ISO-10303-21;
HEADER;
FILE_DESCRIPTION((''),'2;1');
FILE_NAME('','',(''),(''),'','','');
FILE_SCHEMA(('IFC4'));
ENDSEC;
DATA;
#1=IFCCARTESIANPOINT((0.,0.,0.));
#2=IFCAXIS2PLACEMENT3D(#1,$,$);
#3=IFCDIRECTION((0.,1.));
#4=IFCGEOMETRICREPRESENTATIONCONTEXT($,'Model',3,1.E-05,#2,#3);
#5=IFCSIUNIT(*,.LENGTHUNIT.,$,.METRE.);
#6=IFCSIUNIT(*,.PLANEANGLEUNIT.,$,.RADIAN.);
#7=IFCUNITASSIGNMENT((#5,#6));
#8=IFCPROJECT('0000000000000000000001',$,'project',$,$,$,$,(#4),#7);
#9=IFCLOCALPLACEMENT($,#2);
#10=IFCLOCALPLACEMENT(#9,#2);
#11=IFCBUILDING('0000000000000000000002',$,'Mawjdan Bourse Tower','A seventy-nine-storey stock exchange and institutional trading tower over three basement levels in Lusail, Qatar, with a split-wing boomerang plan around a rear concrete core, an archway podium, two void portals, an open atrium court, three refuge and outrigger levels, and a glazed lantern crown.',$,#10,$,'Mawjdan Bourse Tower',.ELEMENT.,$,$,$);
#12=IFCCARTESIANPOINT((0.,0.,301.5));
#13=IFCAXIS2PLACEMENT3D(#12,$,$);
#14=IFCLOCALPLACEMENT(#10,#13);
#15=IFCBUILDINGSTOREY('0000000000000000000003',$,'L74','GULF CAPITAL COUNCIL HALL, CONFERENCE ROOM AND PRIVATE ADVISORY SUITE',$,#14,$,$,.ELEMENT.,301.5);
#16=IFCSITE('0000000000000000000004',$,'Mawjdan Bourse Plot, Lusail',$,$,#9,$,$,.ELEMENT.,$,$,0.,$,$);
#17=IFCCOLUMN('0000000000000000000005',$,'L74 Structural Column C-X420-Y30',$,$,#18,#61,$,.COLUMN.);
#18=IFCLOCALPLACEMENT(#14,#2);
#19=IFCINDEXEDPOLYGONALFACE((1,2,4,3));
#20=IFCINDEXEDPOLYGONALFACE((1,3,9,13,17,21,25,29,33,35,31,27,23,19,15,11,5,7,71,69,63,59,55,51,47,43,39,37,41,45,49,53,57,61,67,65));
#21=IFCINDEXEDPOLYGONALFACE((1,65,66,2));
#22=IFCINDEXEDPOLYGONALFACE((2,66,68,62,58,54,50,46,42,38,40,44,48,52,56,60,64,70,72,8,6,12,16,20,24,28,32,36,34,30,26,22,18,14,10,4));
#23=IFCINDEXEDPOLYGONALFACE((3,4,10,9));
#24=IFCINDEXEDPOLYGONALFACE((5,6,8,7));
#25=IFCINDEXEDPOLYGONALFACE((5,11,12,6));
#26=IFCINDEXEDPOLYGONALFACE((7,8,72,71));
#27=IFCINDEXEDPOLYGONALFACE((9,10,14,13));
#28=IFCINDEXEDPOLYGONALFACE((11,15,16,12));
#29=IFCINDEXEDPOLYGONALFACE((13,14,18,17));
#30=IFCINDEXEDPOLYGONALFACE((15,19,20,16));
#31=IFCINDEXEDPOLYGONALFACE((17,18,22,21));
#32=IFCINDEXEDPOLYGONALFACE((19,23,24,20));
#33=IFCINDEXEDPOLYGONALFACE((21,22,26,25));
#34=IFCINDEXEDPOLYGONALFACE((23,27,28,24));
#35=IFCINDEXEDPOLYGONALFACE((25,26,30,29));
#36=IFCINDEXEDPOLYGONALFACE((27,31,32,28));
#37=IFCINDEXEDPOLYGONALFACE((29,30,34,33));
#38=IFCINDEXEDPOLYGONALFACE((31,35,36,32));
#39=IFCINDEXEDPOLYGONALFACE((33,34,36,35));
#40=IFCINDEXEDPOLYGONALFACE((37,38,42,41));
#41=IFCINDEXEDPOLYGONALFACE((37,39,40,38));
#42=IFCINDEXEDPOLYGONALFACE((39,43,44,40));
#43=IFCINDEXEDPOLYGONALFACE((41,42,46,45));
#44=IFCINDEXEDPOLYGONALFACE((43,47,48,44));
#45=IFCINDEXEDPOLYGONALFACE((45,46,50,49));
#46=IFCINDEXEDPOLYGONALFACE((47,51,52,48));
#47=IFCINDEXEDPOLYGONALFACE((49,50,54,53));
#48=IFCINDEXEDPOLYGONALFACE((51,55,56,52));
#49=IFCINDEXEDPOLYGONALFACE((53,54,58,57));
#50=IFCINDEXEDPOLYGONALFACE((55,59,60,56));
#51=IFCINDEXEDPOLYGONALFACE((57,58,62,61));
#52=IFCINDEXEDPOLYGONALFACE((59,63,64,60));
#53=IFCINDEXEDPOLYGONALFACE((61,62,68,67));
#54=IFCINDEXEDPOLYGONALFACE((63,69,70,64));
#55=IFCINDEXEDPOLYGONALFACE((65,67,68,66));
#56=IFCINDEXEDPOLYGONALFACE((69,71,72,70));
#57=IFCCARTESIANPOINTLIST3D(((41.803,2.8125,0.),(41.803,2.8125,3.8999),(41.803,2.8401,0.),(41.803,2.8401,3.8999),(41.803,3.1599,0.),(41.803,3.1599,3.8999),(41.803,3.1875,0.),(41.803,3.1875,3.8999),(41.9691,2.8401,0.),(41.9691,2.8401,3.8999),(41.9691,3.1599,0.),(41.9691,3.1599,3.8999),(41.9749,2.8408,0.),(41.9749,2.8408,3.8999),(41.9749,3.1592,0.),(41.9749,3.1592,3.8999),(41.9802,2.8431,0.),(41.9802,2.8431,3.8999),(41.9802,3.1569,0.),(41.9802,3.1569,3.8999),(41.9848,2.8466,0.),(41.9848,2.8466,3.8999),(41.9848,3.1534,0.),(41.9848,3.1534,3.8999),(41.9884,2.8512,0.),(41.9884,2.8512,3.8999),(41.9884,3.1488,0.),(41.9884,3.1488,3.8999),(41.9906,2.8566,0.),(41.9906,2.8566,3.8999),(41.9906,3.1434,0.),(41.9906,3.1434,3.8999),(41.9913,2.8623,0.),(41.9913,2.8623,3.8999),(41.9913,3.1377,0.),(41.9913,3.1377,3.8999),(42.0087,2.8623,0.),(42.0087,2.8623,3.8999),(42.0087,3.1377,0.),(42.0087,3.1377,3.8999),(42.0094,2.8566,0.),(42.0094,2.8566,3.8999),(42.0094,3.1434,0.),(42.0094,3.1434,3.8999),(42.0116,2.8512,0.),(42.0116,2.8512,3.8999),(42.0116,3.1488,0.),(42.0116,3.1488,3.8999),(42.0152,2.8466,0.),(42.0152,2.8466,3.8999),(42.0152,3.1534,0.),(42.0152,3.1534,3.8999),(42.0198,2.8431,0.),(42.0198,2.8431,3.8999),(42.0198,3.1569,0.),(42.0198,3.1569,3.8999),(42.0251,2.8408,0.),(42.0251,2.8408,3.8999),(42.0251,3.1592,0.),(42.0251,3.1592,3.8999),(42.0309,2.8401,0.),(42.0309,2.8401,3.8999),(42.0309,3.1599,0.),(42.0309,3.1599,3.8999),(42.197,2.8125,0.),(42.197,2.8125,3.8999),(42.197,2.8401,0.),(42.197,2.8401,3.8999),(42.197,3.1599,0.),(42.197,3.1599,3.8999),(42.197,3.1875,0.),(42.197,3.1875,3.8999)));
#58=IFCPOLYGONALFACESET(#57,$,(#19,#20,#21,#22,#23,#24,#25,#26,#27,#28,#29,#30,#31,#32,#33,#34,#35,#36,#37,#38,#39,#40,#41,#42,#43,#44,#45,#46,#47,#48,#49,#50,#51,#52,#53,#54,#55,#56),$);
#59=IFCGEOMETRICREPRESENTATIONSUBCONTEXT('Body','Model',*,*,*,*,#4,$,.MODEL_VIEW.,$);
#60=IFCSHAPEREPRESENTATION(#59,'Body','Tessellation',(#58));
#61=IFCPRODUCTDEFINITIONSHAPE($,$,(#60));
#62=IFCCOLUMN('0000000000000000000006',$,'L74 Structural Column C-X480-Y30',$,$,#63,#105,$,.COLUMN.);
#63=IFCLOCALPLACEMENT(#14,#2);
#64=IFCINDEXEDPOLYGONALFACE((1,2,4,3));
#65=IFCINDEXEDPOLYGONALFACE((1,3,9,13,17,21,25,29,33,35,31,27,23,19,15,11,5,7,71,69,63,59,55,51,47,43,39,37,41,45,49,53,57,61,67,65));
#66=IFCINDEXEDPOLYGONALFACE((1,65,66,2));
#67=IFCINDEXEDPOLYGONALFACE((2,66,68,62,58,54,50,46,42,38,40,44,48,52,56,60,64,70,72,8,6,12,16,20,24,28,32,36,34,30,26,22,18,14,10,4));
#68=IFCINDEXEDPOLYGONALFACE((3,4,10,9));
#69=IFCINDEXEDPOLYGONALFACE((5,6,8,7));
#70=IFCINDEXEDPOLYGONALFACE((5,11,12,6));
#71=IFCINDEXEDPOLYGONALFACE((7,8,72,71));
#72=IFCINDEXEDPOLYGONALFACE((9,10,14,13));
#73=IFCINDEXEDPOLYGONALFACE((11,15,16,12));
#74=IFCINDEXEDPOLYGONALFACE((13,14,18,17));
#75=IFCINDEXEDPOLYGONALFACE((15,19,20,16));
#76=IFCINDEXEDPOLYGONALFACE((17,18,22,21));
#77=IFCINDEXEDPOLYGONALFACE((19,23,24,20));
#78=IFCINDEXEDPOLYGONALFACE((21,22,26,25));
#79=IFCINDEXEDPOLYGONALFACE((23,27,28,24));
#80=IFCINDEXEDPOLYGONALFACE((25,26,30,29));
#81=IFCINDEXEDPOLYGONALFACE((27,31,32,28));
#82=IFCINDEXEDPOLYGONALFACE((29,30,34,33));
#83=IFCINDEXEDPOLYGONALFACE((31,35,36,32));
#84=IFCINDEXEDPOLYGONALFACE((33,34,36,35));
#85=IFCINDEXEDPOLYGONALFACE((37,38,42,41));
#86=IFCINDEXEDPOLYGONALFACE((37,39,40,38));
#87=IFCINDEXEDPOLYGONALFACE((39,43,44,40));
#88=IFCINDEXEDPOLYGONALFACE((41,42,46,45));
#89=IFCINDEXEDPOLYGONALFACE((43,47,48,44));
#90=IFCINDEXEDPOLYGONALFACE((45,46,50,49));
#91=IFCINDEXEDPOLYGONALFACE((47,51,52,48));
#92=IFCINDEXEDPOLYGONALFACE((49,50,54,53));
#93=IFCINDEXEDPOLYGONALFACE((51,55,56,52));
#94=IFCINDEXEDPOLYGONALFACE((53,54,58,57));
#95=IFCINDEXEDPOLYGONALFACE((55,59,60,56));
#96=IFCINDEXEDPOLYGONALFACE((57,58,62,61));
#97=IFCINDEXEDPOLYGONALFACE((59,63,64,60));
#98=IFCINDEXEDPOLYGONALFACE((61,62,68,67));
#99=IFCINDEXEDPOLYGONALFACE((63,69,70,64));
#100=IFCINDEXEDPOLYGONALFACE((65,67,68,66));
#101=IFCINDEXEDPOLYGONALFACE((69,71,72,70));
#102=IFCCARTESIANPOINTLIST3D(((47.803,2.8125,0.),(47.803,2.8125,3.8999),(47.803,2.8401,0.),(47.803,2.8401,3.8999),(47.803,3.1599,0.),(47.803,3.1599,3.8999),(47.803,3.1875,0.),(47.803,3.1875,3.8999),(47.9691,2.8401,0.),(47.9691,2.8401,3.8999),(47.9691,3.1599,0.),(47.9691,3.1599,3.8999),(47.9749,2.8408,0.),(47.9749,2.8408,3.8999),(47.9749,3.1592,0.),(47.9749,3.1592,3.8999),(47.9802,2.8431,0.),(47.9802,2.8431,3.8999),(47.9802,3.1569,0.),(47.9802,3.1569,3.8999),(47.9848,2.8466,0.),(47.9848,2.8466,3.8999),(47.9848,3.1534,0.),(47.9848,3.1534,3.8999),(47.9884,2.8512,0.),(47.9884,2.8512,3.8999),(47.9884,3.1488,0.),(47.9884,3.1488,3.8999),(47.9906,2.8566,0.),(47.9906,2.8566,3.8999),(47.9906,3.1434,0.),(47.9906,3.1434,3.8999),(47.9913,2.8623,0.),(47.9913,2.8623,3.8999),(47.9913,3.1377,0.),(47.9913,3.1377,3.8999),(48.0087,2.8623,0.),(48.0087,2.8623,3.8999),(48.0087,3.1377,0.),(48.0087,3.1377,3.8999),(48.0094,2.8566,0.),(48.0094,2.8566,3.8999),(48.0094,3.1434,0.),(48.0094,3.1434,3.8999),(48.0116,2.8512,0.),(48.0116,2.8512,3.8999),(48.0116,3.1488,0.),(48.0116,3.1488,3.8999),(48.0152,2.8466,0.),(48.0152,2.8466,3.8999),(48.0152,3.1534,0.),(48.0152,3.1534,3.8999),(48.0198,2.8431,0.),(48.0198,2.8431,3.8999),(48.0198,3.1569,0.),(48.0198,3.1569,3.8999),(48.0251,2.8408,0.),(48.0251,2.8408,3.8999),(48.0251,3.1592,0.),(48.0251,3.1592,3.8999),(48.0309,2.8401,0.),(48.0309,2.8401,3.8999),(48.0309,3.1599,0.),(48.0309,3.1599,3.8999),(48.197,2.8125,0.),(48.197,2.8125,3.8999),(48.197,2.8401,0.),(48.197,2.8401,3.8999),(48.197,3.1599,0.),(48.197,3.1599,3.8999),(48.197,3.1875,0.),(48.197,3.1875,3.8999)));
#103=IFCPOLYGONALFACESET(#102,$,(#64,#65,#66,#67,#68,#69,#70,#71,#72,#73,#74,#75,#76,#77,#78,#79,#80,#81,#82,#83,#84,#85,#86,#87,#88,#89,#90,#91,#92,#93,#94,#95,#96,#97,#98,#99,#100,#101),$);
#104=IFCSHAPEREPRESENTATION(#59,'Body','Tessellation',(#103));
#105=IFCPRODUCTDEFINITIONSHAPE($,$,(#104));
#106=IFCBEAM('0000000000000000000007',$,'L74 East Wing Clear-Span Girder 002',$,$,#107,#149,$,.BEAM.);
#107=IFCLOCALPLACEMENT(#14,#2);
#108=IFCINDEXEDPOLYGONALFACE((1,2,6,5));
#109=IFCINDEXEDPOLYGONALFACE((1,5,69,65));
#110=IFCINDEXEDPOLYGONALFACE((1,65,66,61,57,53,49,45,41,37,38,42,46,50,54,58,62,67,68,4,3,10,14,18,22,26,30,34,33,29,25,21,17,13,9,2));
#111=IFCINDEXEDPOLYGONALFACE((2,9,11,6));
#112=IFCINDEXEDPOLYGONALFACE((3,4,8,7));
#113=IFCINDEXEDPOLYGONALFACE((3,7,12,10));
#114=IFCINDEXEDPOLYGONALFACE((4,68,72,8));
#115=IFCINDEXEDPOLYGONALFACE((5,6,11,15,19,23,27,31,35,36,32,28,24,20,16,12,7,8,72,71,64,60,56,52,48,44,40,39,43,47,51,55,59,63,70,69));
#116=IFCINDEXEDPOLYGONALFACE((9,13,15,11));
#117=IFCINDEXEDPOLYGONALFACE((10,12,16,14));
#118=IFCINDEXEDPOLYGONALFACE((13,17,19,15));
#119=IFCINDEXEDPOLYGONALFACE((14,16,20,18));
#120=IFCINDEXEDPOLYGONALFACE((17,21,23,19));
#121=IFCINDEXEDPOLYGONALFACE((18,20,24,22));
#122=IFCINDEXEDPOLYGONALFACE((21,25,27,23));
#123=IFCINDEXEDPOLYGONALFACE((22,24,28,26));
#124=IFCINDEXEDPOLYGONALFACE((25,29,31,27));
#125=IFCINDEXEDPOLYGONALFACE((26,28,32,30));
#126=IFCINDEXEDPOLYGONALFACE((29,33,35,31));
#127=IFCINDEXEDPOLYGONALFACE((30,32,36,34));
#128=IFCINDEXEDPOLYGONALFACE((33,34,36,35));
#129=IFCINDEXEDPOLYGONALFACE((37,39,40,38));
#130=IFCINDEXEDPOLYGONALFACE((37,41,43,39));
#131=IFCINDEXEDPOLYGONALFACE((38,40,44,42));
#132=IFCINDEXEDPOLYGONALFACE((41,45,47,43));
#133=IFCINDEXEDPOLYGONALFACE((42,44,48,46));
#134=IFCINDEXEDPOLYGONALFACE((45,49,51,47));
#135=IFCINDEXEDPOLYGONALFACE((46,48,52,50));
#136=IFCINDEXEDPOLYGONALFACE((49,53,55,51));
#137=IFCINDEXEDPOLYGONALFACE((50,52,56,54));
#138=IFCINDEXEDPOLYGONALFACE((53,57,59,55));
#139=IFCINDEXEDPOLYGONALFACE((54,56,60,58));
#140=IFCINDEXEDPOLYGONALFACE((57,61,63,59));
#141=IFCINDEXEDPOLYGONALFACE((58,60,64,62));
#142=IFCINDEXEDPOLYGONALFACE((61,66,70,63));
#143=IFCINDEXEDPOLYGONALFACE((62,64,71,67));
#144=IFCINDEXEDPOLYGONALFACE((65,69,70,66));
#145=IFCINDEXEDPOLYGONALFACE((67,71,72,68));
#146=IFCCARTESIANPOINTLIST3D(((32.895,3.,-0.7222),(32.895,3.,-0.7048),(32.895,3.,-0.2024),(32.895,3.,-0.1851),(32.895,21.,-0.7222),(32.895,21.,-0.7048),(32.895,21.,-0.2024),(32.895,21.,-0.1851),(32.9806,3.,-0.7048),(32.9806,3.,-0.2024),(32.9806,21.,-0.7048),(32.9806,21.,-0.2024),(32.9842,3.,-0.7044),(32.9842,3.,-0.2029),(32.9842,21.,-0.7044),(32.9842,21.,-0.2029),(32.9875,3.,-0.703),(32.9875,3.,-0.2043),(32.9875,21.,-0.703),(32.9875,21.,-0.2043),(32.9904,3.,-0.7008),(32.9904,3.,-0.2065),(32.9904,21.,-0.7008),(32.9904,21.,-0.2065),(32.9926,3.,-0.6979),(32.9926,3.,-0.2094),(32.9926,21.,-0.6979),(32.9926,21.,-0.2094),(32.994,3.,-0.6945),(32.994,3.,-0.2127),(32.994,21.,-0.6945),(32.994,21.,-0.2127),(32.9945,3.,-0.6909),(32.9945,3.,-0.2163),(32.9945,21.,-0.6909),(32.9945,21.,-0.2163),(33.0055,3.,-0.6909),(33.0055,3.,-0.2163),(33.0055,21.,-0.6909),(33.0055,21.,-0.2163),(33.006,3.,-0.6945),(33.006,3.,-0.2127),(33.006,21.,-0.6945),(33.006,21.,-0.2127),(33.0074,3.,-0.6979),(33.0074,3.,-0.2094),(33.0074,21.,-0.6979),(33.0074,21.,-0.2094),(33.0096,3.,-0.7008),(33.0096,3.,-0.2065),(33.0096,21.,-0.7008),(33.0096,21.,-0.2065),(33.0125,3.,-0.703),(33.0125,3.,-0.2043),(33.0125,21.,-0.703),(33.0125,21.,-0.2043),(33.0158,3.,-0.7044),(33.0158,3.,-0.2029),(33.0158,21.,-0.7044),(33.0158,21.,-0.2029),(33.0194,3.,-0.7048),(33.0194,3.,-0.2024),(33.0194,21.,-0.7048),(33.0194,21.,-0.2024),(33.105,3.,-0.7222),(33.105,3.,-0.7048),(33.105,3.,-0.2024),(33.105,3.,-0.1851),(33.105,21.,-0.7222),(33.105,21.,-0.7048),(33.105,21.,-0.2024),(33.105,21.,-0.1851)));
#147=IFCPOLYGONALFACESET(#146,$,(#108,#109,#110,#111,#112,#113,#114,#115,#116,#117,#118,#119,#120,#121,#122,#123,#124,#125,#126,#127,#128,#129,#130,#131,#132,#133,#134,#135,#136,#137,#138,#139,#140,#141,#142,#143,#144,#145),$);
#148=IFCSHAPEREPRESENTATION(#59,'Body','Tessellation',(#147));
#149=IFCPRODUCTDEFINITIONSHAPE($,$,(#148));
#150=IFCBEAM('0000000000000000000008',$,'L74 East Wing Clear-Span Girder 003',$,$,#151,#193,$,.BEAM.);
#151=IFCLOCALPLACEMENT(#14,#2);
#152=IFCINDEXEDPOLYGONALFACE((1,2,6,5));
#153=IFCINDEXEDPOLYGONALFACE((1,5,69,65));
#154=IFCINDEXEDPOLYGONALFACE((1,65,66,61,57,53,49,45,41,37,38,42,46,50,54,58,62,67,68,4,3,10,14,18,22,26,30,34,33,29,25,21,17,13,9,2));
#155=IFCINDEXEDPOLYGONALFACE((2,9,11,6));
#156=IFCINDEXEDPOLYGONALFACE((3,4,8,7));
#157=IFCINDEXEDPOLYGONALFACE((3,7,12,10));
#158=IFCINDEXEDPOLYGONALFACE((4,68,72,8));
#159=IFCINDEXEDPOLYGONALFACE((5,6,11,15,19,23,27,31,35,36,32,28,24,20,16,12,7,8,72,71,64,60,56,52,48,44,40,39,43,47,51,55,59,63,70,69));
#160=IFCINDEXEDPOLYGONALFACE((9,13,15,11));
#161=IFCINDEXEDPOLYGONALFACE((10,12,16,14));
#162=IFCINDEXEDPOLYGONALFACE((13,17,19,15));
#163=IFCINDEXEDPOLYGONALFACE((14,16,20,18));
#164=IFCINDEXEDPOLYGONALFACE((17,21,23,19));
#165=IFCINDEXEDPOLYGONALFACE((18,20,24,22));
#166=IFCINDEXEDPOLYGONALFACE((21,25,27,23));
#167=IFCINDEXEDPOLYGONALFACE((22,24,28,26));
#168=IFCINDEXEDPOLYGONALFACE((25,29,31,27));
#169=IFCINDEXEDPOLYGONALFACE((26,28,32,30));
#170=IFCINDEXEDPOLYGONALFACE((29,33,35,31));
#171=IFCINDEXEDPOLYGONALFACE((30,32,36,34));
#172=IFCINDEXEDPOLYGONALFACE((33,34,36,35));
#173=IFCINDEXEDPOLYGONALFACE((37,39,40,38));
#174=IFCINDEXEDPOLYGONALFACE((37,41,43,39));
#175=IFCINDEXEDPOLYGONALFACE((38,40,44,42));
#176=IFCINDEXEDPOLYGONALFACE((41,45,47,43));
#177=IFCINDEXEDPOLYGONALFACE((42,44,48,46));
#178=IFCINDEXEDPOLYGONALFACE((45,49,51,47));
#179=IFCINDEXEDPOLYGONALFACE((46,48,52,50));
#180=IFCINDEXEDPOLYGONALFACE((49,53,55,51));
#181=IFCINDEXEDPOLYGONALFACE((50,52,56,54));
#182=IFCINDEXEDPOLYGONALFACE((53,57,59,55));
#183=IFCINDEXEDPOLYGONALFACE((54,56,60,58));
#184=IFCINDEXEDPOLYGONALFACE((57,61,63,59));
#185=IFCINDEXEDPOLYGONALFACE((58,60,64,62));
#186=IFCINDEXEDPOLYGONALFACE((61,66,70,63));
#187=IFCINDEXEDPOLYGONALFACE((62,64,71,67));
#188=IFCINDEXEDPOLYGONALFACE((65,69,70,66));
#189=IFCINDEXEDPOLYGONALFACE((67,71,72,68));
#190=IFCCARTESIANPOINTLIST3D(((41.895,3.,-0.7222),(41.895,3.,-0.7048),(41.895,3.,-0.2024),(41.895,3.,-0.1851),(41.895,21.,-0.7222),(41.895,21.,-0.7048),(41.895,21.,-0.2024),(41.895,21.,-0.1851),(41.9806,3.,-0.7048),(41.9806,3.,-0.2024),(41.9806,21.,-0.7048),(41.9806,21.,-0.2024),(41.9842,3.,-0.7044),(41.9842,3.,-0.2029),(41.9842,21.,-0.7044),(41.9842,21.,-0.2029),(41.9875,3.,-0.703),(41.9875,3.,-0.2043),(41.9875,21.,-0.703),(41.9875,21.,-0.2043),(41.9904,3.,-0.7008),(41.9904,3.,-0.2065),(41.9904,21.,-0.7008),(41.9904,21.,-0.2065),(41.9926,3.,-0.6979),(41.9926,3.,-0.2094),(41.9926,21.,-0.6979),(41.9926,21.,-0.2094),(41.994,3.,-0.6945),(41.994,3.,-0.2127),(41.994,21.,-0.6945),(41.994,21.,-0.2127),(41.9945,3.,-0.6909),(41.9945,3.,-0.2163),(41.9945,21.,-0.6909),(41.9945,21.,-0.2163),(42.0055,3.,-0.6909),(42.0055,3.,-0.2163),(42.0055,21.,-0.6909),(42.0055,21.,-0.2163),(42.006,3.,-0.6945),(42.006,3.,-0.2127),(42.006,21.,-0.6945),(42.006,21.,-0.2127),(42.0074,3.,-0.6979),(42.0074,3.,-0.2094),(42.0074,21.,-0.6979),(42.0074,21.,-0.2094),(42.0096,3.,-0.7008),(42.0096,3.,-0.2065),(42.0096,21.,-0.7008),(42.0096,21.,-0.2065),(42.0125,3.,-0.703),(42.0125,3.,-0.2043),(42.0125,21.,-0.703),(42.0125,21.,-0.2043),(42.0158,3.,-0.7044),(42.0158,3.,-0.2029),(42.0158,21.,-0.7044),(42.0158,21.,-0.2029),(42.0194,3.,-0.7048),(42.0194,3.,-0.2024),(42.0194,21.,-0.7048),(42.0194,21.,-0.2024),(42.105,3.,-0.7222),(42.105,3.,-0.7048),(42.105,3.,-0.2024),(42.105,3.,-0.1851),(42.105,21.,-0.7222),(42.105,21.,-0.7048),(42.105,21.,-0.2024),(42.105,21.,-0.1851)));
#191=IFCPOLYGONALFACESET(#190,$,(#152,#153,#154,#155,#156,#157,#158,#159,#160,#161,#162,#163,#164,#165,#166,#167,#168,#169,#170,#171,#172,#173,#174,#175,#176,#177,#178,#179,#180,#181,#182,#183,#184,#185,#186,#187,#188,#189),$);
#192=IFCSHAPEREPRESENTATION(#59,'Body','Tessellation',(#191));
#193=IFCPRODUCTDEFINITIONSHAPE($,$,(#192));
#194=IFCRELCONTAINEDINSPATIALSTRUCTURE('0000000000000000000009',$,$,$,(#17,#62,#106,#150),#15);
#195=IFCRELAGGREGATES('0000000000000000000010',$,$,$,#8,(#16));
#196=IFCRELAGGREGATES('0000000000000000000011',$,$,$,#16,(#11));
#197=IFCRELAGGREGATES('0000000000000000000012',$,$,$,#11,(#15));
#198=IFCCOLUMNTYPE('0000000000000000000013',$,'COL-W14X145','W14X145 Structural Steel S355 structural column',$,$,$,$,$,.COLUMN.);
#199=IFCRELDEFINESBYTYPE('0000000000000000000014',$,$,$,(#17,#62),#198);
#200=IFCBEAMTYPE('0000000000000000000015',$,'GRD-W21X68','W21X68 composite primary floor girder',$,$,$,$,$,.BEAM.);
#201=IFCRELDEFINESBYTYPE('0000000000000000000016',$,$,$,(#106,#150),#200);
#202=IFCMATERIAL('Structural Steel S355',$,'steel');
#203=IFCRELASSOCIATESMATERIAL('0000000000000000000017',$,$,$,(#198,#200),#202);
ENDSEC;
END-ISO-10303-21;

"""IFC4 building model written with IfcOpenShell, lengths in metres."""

from ifc_helpers import new_model, si_unit, direction, frame, origin, origin_2d, place, context, subcontext, project, spatial, i_section, extrude, material, material_profile, profile_set, type_object, element, save


model = new_model("IFC4")

# Units and contexts
model_context = context("Model", 3, precision=1e-05, world=origin(), true_north=direction((0.0, 1.0)))
body_context = subcontext(model_context, "Body", "Model", "MODEL_VIEW")
ifc_project = project(units=[si_unit("LENGTHUNIT", "METRE"), si_unit("PLANEANGLEUNIT", "RADIAN")], contexts=[model_context])

# Site, building, storey
site_placement = place(None, origin())
site = spatial("IfcSite", under=ifc_project, at=site_placement, Name="Mawjdan Bourse Plot, Lusail", CompositionType="ELEMENT", RefElevation=0.0)
building_placement = place(site_placement, origin())
building = spatial("IfcBuilding", under=site, at=building_placement, Name="Mawjdan Bourse Tower", Description="A seventy-nine-storey stock exchange and institutional trading tower over three basement levels in Lusail, Qatar, with a split-wing boomerang plan around a rear concrete core, an archway podium, two void portals, an open atrium court, three refuge and outrigger levels, and a glazed lantern crown.", LongName="Mawjdan Bourse Tower", CompositionType="ELEMENT")
storey_placement = place(building_placement, frame((0.0, 0.0, 301.5)))
storey = spatial("IfcBuildingStorey", under=building, at=storey_placement, Name="L74", Description="GULF CAPITAL COUNCIL HALL, CONFERENCE ROOM AND PRIVATE ADVISORY SUITE", CompositionType="ELEMENT", Elevation=301.5)

# Columns
ifc_material_1 = material(Name="Structural Steel S355", Category="steel")
ifc_material_profile_1 = material_profile(ifc_material_1, i_section(OverallWidth=0.394, OverallDepth=0.375, WebThickness=0.0173, FlangeThickness=0.0276, FilletRadius=0.0222, at=origin_2d()), Name="W14X145")
ifc_profile_set_1 = profile_set([ifc_material_profile_1], Name="Structural Steel S355")
column_type = type_object("IfcColumnType", Name="COL-W14X145", Description="W14X145 Structural Steel S355 structural column", PredefinedType="COLUMN", material=ifc_profile_set_1)
for number, where, z_axis, x_axis, name in (
    (1, (42.0, 3.0, 0.0), (0.0, 0.0, 1.0), (1.0, 0.0, 0.0), "L74 Structural Column C-X420-Y30"),
    (2, (48.0, 3.0, 0.0), (0.0, 0.0, 1.0), (1.0, 0.0, 0.0), "L74 Structural Column C-X480-Y30"),
):
    element("IfcColumn", number, at=place(storey_placement, frame(where, z_axis=z_axis, x_axis=x_axis)), inside=storey, type_object=column_type, Name=name, PredefinedType="COLUMN", context=body_context, shape_type="SweptSolid", body=[
        extrude(i_section(OverallWidth=0.394, OverallDepth=0.375, WebThickness=0.0173, FlangeThickness=0.0276, FilletRadius=0.0222, at=origin_2d()), origin(), (0.0, 0.0, 1.0), 3.8999),
    ])

# Beams
ifc_material_profile_2 = material_profile(ifc_material_1, i_section(OverallWidth=0.21, OverallDepth=0.5371, WebThickness=0.011, FlangeThickness=0.0173, FilletRadius=0.0139, at=origin_2d()), Name="W21X68")
ifc_profile_set_2 = profile_set([ifc_material_profile_2], Name="Structural Steel S355")
beam_type_1 = type_object("IfcBeamType", Name="GRD-W21X68", Description="W21X68 composite primary floor girder", PredefinedType="BEAM", material=ifc_profile_set_2)
for number, where, z_axis, x_axis, name in (
    (3, (33.0, 3.0, -0.4536), (0.0, 1.0, 0.0), (-1.0, 0.0, 0.0), "L74 East Wing Clear-Span Girder 002"),
    (4, (42.0, 3.0, -0.4536), (0.0, 1.0, 0.0), (-1.0, 0.0, 0.0), "L74 East Wing Clear-Span Girder 003"),
):
    element("IfcBeam", number, at=place(storey_placement, frame(where, z_axis=z_axis, x_axis=x_axis)), inside=storey, type_object=beam_type_1, Name=name, PredefinedType="BEAM", context=body_context, shape_type="SweptSolid", body=[
        extrude(i_section(OverallWidth=0.21, OverallDepth=0.5371, WebThickness=0.011, FlangeThickness=0.0173, FilletRadius=0.0139, at=origin_2d()), origin(), (0.0, 0.0, 1.0), 18.0),
    ])

save(model, "model.ifc")
